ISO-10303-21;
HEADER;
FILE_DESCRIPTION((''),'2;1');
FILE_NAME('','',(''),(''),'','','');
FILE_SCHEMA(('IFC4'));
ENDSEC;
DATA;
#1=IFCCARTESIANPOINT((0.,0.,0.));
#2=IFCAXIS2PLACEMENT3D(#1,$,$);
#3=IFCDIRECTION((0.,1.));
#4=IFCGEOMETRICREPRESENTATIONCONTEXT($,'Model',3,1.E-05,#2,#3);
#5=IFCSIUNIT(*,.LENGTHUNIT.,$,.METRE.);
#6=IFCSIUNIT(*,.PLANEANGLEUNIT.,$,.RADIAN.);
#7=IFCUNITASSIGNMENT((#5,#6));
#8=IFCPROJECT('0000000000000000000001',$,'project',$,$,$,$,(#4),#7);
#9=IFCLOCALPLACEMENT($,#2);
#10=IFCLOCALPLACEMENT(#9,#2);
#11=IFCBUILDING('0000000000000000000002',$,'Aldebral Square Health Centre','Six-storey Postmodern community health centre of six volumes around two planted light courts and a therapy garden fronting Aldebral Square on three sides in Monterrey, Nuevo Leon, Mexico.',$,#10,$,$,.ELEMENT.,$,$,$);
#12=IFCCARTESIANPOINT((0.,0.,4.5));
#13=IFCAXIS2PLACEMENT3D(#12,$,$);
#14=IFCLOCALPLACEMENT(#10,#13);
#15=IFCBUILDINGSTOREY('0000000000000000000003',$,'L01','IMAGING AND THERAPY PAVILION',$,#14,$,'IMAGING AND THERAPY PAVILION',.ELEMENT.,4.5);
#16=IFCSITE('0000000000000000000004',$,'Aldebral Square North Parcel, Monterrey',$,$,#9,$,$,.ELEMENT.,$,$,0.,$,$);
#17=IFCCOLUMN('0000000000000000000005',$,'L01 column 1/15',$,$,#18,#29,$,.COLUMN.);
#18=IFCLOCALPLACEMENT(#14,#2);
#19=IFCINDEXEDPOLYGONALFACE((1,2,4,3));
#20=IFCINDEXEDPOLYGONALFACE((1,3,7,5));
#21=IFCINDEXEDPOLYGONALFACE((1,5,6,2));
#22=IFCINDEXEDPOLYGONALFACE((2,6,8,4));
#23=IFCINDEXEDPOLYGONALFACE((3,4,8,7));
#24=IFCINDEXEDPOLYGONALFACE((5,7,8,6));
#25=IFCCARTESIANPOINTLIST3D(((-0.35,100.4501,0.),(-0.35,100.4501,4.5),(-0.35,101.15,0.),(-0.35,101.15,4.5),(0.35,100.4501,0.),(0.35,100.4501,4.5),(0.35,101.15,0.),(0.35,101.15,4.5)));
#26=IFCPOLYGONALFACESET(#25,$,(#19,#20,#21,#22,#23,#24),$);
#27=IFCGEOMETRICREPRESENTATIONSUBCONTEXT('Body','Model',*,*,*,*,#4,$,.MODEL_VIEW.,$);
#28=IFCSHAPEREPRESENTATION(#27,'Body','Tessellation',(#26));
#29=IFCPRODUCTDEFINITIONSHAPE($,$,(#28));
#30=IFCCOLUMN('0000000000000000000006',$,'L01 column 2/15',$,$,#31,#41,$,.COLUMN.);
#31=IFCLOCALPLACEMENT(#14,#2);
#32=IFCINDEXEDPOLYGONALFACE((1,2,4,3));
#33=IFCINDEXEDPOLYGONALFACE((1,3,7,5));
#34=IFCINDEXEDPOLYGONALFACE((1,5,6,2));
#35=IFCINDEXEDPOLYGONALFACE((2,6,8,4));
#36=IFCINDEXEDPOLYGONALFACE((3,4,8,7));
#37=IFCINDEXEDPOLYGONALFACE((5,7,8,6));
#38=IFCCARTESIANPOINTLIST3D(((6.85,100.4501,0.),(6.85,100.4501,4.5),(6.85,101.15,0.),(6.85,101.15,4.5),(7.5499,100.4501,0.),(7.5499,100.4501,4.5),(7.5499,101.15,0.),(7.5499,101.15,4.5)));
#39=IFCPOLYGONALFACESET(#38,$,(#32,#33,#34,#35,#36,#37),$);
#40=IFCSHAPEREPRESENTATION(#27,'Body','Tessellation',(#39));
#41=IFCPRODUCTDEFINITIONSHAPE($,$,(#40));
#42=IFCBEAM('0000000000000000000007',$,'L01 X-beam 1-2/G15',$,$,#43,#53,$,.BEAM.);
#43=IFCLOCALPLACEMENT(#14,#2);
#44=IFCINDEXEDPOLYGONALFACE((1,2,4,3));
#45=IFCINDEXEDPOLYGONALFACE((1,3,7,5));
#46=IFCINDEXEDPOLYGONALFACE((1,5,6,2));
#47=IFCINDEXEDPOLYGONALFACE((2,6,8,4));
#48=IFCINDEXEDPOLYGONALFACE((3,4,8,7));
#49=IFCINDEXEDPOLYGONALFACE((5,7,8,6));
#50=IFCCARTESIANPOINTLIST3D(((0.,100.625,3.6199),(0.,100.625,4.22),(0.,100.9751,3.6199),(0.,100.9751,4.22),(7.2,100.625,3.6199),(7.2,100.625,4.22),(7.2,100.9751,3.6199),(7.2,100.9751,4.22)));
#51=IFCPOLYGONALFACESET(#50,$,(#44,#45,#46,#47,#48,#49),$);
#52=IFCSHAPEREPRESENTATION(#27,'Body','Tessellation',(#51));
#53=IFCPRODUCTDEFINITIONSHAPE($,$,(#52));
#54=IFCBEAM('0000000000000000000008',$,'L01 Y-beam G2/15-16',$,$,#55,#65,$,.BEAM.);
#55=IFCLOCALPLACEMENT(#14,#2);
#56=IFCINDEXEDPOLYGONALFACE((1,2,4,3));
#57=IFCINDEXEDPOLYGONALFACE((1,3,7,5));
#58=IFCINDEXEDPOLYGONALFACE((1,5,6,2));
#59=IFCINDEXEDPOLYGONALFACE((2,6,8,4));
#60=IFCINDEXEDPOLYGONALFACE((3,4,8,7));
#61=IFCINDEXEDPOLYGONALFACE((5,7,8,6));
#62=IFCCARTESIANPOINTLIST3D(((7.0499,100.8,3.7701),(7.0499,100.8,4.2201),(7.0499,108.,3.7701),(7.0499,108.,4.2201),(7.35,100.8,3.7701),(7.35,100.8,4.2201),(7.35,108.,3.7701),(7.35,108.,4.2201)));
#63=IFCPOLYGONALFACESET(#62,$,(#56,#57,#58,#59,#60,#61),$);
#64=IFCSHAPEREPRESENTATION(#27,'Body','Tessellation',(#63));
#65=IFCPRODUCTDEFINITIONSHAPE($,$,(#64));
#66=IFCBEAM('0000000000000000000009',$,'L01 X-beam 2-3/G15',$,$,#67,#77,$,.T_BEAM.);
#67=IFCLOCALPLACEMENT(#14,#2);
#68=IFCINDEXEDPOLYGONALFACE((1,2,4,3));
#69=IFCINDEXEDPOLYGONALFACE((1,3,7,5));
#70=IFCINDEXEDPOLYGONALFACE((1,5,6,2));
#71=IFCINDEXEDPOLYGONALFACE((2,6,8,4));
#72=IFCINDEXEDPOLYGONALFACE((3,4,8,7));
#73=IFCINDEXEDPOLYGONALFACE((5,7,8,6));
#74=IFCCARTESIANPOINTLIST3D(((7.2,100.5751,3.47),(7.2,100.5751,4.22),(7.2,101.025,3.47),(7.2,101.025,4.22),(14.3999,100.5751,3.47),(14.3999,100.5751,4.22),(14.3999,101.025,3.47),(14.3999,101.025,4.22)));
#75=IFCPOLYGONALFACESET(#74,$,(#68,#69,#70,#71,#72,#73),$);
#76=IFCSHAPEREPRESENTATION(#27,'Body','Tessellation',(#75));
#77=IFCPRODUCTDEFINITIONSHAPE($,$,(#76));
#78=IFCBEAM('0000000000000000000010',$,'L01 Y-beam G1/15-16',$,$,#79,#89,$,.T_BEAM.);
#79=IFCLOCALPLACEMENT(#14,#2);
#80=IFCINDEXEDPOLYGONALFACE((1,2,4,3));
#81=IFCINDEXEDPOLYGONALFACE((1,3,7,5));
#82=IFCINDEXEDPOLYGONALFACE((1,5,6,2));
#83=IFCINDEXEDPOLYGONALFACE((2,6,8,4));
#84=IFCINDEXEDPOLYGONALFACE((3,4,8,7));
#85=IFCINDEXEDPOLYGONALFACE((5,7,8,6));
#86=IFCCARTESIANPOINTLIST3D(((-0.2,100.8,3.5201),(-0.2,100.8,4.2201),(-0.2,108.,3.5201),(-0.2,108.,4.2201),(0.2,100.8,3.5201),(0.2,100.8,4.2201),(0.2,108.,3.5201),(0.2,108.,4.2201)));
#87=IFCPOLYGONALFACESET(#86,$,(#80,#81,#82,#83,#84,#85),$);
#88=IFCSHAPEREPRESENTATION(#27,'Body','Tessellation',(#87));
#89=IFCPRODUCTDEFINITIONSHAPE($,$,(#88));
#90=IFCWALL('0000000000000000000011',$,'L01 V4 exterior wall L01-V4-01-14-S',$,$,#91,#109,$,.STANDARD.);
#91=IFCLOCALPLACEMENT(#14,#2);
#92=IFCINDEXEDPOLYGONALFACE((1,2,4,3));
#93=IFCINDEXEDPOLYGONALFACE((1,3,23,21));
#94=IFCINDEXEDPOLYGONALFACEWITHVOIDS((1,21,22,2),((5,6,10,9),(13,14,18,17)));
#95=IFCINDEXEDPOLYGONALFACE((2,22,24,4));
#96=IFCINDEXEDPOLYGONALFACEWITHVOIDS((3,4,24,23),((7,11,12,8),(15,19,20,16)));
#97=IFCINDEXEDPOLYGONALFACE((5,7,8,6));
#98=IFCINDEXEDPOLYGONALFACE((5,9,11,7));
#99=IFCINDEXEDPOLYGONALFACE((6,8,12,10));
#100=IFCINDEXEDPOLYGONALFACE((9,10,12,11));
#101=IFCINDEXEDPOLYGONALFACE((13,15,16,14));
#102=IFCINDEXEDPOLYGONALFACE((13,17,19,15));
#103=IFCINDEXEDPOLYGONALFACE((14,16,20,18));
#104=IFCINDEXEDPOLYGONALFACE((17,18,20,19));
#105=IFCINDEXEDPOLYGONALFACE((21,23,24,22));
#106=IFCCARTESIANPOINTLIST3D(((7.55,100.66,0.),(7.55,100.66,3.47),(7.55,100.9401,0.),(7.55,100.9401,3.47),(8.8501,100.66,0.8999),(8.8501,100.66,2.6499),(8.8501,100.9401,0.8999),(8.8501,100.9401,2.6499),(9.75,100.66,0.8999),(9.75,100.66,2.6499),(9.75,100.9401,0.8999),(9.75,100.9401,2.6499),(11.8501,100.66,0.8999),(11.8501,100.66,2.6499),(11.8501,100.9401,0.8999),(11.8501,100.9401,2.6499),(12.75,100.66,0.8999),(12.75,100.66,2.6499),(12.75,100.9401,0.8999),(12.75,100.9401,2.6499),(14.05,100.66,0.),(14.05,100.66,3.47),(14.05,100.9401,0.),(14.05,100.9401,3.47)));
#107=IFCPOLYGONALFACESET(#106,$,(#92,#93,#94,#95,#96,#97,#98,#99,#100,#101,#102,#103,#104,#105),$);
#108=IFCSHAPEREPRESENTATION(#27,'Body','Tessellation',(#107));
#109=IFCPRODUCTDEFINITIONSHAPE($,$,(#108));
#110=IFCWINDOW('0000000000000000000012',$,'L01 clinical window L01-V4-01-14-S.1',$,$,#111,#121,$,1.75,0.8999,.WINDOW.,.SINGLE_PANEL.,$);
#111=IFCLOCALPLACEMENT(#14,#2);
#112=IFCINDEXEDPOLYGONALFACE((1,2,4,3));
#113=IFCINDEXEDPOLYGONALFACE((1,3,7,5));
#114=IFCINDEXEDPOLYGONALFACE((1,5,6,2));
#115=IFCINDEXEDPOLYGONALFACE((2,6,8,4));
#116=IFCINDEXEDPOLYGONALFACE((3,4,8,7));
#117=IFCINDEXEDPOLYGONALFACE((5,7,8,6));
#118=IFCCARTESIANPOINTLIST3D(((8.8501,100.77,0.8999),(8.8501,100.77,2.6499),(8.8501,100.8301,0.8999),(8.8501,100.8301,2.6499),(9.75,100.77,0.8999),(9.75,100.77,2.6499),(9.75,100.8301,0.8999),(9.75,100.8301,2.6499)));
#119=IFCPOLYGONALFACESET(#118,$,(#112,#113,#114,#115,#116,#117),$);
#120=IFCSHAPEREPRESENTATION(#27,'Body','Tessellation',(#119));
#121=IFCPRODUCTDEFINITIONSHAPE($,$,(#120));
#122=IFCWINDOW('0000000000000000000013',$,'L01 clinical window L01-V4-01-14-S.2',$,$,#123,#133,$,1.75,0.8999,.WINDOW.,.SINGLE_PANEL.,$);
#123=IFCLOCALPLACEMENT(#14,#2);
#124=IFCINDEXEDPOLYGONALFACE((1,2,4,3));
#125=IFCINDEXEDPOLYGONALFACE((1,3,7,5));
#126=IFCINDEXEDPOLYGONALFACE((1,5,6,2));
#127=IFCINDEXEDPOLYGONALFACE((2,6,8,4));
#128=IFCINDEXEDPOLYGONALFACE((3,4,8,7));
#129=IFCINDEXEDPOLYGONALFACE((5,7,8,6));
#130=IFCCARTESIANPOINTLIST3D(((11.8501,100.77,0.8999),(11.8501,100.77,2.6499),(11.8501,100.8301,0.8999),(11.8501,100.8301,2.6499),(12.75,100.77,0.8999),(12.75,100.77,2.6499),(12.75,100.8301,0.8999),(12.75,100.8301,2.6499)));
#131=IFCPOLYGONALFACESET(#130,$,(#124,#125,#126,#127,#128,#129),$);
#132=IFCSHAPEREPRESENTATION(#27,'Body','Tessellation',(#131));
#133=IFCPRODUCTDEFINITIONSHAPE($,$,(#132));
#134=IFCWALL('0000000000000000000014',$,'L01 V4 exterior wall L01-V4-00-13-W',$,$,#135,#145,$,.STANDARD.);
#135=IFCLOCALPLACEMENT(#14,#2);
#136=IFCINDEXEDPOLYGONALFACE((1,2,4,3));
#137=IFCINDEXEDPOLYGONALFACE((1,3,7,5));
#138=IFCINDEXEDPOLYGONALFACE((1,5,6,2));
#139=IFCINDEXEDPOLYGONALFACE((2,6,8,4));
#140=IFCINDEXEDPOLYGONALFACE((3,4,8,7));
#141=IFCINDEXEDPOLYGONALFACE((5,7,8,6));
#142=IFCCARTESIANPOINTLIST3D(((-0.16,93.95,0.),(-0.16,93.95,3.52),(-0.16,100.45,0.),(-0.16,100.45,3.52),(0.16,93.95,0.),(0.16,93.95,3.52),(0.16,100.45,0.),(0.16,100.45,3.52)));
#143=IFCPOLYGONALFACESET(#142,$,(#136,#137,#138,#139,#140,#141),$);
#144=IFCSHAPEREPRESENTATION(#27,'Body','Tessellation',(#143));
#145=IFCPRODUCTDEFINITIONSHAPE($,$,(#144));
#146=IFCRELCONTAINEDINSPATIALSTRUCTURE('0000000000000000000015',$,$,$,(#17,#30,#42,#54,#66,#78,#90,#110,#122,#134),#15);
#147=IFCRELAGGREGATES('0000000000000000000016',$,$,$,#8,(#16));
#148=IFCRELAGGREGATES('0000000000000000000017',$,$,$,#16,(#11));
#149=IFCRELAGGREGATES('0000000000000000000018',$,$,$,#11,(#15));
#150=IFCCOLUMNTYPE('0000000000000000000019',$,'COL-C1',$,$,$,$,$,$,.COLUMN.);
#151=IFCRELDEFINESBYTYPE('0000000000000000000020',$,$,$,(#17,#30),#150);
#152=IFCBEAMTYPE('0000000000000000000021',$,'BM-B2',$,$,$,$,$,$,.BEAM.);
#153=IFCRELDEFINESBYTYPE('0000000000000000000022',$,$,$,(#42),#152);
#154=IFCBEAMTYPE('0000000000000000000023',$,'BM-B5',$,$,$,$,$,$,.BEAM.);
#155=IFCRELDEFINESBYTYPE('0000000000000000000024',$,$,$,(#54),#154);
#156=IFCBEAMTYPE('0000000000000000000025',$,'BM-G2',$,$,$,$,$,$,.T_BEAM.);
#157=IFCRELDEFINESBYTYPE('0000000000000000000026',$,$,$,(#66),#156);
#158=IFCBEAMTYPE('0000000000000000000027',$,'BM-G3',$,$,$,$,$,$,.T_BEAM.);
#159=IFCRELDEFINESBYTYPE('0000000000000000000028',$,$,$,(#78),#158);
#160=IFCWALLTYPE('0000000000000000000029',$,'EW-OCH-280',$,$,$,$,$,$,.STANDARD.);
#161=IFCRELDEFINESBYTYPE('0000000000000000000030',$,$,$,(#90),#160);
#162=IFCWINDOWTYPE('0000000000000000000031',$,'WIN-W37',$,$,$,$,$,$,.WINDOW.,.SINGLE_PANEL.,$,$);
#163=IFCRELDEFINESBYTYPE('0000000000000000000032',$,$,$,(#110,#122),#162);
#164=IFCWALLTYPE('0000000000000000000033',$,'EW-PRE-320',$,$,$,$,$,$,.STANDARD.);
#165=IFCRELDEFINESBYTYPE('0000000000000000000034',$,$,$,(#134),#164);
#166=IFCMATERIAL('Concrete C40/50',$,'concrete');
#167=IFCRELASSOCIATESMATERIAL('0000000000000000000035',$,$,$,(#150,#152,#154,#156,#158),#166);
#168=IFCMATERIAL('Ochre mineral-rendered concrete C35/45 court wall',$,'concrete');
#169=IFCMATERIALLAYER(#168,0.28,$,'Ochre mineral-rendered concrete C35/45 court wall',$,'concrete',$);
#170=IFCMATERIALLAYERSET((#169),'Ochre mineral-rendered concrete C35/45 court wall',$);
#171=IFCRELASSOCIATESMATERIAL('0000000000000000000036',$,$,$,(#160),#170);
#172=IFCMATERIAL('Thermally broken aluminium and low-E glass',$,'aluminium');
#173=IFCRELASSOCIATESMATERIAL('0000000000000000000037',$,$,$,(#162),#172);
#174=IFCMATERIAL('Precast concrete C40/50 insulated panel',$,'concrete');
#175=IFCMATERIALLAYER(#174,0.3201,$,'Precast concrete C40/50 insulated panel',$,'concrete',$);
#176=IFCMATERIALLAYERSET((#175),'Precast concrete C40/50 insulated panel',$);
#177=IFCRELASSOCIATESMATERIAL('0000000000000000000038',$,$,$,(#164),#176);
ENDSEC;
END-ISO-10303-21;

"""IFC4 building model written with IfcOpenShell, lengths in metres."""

from ifc_helpers import new_model, si_unit, direction, frame, frame_2d, origin, origin_2d, place, context, subcontext, project, spatial, rectangle, extrude, material, layer, layer_set, material_profile, profile_set, type_object, element, fill, save


model = new_model("IFC4")

# Units and contexts
model_context = context("Model", 3, precision=1e-05, world=origin(), true_north=direction((0.0, 1.0)))
body_context = subcontext(model_context, "Body", "Model", "MODEL_VIEW")
ifc_project = project(units=[si_unit("LENGTHUNIT", "METRE"), si_unit("PLANEANGLEUNIT", "RADIAN")], contexts=[model_context])

# Site, building, storey
site_placement = place(None, origin())
site = spatial("IfcSite", under=ifc_project, at=site_placement, Name="Aldebral Square North Parcel, Monterrey", CompositionType="ELEMENT", RefElevation=0.0)
building_placement = place(site_placement, origin())
building = spatial("IfcBuilding", under=site, at=building_placement, Name="Aldebral Square Health Centre", Description="Six-storey Postmodern community health centre of six volumes around two planted light courts and a therapy garden fronting Aldebral Square on three sides in Monterrey, Nuevo Leon, Mexico.", CompositionType="ELEMENT")
storey_placement = place(building_placement, frame((0.0, 0.0, 4.5)))
storey = spatial("IfcBuildingStorey", under=building, at=storey_placement, Name="L01", Description="IMAGING AND THERAPY PAVILION", LongName="IMAGING AND THERAPY PAVILION", CompositionType="ELEMENT", Elevation=4.5)

# Columns
ifc_material_1 = material(Name="Concrete C40/50", Category="concrete")
ifc_material_profile_1 = material_profile(ifc_material_1, rectangle(XDim=0.7, YDim=0.7, at=origin_2d()), Name="RC 700x700")
ifc_profile_set_1 = profile_set([ifc_material_profile_1], Name="Concrete C40/50")
column_type = type_object("IfcColumnType", Name="COL-C1", PredefinedType="COLUMN", material=ifc_profile_set_1)
for number, where, z_axis, x_axis, name in (
    (1, (0.0, 100.8, 0.0), (0.0, 0.0, 1.0), (1.0, 0.0, 0.0), "L01 column 1/15"),
    (2, (7.2, 100.8, 0.0), (0.0, 0.0, 1.0), (1.0, 0.0, 0.0), "L01 column 2/15"),
):
    element("IfcColumn", number, at=place(storey_placement, frame(where, z_axis=z_axis, x_axis=x_axis)), inside=storey, type_object=column_type, Name=name, PredefinedType="COLUMN", context=body_context, shape_type="SweptSolid", body=[
        extrude(rectangle(XDim=0.7, YDim=0.7, at=origin_2d()), origin(), (0.0, 0.0, 1.0), 4.5),
    ])

# Beams
ifc_material_profile_2 = material_profile(ifc_material_1, rectangle(XDim=0.3501, YDim=0.6001, at=origin_2d()), Name="RC 350x600")
ifc_profile_set_2 = profile_set([ifc_material_profile_2], Name="Concrete C40/50")
beam_type_1 = type_object("IfcBeamType", Name="BM-B2", PredefinedType="BEAM", material=ifc_profile_set_2)
beam_1_placement = place(storey_placement, frame((0.0, 100.8, 3.9199), z_axis=(1.0, 0.0, 0.0), x_axis=(0.0, 1.0, 0.0)))
element("IfcBeam", 3, at=beam_1_placement, inside=storey, type_object=beam_type_1, Name="L01 X-beam 1-2/G15", PredefinedType="BEAM", context=body_context, shape_type="SweptSolid", body=[
    extrude(rectangle(XDim=0.3501, YDim=0.6001, at=origin_2d()), origin(), (0.0, 0.0, 1.0), 7.2),
])
ifc_material_profile_3 = material_profile(ifc_material_1, rectangle(XDim=0.3, YDim=0.45, at=origin_2d()), Name="RC 300x450")
ifc_profile_set_3 = profile_set([ifc_material_profile_3], Name="Concrete C40/50")
beam_type_2 = type_object("IfcBeamType", Name="BM-B5", PredefinedType="BEAM", material=ifc_profile_set_3)
beam_2_placement = place(storey_placement, frame((7.2, 100.8, 3.9951), z_axis=(0.0, 1.0, 0.0), x_axis=(-1.0, 0.0, 0.0)))
element("IfcBeam", 4, at=beam_2_placement, inside=storey, type_object=beam_type_2, Name="L01 Y-beam G2/15-16", PredefinedType="BEAM", context=body_context, shape_type="SweptSolid", body=[
    extrude(rectangle(XDim=0.3, YDim=0.45, at=origin_2d()), origin(), (0.0, 0.0, 1.0), 7.2),
])
ifc_material_profile_4 = material_profile(ifc_material_1, rectangle(XDim=0.45, YDim=0.75, at=origin_2d()), Name="RC 450x750")
ifc_profile_set_4 = profile_set([ifc_material_profile_4], Name="Concrete C40/50")
beam_type_3 = type_object("IfcBeamType", Name="BM-G2", PredefinedType="T_BEAM", material=ifc_profile_set_4)
beam_3_placement = place(storey_placement, frame((7.2, 100.8, 3.845), z_axis=(1.0, 0.0, 0.0), x_axis=(0.0, 1.0, 0.0)))
element("IfcBeam", 5, at=beam_3_placement, inside=storey, type_object=beam_type_3, Name="L01 X-beam 2-3/G15", PredefinedType="T_BEAM", context=body_context, shape_type="SweptSolid", body=[
    extrude(rectangle(XDim=0.45, YDim=0.75, at=origin_2d()), origin(), (0.0, 0.0, 1.0), 7.2),
])
ifc_material_profile_5 = material_profile(ifc_material_1, rectangle(XDim=0.3999, YDim=0.7, at=origin_2d()), Name="RC 400x700")
ifc_profile_set_5 = profile_set([ifc_material_profile_5], Name="Concrete C40/50")
beam_type_4 = type_object("IfcBeamType", Name="BM-G3", PredefinedType="T_BEAM", material=ifc_profile_set_5)
beam_4_placement = place(storey_placement, frame((0.0, 100.8, 3.8701), z_axis=(0.0, 1.0, 0.0), x_axis=(-1.0, 0.0, 0.0)))
element("IfcBeam", 6, at=beam_4_placement, inside=storey, type_object=beam_type_4, Name="L01 Y-beam G1/15-16", PredefinedType="T_BEAM", context=body_context, shape_type="SweptSolid", body=[
    extrude(rectangle(XDim=0.3999, YDim=0.7, at=origin_2d()), origin(), (0.0, 0.0, 1.0), 7.2),
])

# Wall, openings, windows
ifc_material_2 = material(Name="Ochre mineral-rendered concrete C35/45 court wall", Category="concrete")
ifc_layer_1 = layer(ifc_material_2, 0.28, Name="Ochre mineral-rendered concrete C35/45 court wall", Category="concrete")
ifc_layer_set_1 = layer_set([ifc_layer_1], Name="Ochre mineral-rendered concrete C35/45 court wall")
wall_type_1 = type_object("IfcWallType", Name="EW-OCH-280", PredefinedType="STANDARD", material=ifc_layer_set_1)
wall_1_placement = place(storey_placement, frame((7.55, 100.8, 0.0), z_axis=(0.0, 0.0, 1.0), x_axis=(1.0, 0.0, 0.0)))
wall_1 = element("IfcWall", 7, at=wall_1_placement, inside=storey, type_object=wall_type_1, Name="L01 V4 exterior wall L01-V4-01-14-S", PredefinedType="STANDARD", context=body_context, shape_type="SweptSolid", body=[
    extrude(rectangle(XDim=6.5, YDim=0.28, at=frame_2d((3.25, 0.0))), origin(), (0.0, 0.0, 1.0), 3.47),
])
opening_1_placement = place(wall_1_placement, frame((1.3, 0.0, 0.8999)))
opening_1 = element("IfcOpeningElement", 8, at=opening_1_placement, cuts=wall_1, PredefinedType="OPENING", context=body_context, shape_type="SweptSolid", body=[
    extrude(rectangle(XDim=0.8999, YDim=1.75, at=frame_2d((0.45, 0.875))), frame((0.0, 0.1499, 0.0), z_axis=(0.0, -1.0, 0.0), x_axis=(1.0, 0.0, 0.0)), (0.0, 0.0, 1.0), 0.3),
])
opening_2_placement = place(wall_1_placement, frame((4.3, 0.0, 0.8999)))
opening_2 = element("IfcOpeningElement", 9, at=opening_2_placement, cuts=wall_1, PredefinedType="OPENING", context=body_context, shape_type="SweptSolid", body=[
    extrude(rectangle(XDim=0.8999, YDim=1.75, at=frame_2d((0.45, 0.875))), frame((0.0, 0.1499, 0.0), z_axis=(0.0, -1.0, 0.0), x_axis=(1.0, 0.0, 0.0)), (0.0, 0.0, 1.0), 0.3),
])
ifc_material_3 = material(Name="Thermally broken aluminium and low-E glass", Category="aluminium")
window_type = type_object("IfcWindowType", Name="WIN-W37", PartitioningType="SINGLE_PANEL", PredefinedType="WINDOW", material=ifc_material_3)
window_1_placement = place(opening_1_placement, origin())
window_1 = element("IfcWindow", 10, at=window_1_placement, inside=storey, type_object=window_type, Name="L01 clinical window L01-V4-01-14-S.1", OverallHeight=1.75, OverallWidth=0.8999, PartitioningType="SINGLE_PANEL", PredefinedType="WINDOW", context=body_context, shape_type="SweptSolid", body=[
    extrude(rectangle(XDim=0.8999, YDim=1.75, at=frame_2d((0.45, 0.875))), frame((0.0, 0.03, 0.0), z_axis=(0.0, -1.0, 0.0), x_axis=(1.0, 0.0, 0.0)), (0.0, 0.0, 1.0), 0.0601),
])
fill(opening_1, window_1)
window_2_placement = place(opening_2_placement, origin())
window_2 = element("IfcWindow", 11, at=window_2_placement, inside=storey, type_object=window_type, Name="L01 clinical window L01-V4-01-14-S.2", OverallHeight=1.75, OverallWidth=0.8999, PartitioningType="SINGLE_PANEL", PredefinedType="WINDOW", context=body_context, shape_type="SweptSolid", body=[
    extrude(rectangle(XDim=0.8999, YDim=1.75, at=frame_2d((0.45, 0.875))), frame((0.0, 0.03, 0.0), z_axis=(0.0, -1.0, 0.0), x_axis=(1.0, 0.0, 0.0)), (0.0, 0.0, 1.0), 0.0601),
])
fill(opening_2, window_2)

# Wall
ifc_material_4 = material(Name="Precast concrete C40/50 insulated panel", Category="concrete")
ifc_layer_2 = layer(ifc_material_4, 0.3201, Name="Precast concrete C40/50 insulated panel", Category="concrete")
ifc_layer_set_2 = layer_set([ifc_layer_2], Name="Precast concrete C40/50 insulated panel")
wall_type_2 = type_object("IfcWallType", Name="EW-PRE-320", PredefinedType="STANDARD", material=ifc_layer_set_2)
wall_2_placement = place(storey_placement, frame((0.0, 100.45, 0.0), z_axis=(0.0, 0.0, 1.0), x_axis=(0.0, -1.0, 0.0)))
element("IfcWall", 12, at=wall_2_placement, inside=storey, type_object=wall_type_2, Name="L01 V4 exterior wall L01-V4-00-13-W", PredefinedType="STANDARD", context=body_context, shape_type="SweptSolid", body=[
    extrude(rectangle(XDim=6.5, YDim=0.3201, at=frame_2d((3.25, 0.0))), origin(), (0.0, 0.0, 1.0), 3.52),
])

save(model, "model.ifc")
